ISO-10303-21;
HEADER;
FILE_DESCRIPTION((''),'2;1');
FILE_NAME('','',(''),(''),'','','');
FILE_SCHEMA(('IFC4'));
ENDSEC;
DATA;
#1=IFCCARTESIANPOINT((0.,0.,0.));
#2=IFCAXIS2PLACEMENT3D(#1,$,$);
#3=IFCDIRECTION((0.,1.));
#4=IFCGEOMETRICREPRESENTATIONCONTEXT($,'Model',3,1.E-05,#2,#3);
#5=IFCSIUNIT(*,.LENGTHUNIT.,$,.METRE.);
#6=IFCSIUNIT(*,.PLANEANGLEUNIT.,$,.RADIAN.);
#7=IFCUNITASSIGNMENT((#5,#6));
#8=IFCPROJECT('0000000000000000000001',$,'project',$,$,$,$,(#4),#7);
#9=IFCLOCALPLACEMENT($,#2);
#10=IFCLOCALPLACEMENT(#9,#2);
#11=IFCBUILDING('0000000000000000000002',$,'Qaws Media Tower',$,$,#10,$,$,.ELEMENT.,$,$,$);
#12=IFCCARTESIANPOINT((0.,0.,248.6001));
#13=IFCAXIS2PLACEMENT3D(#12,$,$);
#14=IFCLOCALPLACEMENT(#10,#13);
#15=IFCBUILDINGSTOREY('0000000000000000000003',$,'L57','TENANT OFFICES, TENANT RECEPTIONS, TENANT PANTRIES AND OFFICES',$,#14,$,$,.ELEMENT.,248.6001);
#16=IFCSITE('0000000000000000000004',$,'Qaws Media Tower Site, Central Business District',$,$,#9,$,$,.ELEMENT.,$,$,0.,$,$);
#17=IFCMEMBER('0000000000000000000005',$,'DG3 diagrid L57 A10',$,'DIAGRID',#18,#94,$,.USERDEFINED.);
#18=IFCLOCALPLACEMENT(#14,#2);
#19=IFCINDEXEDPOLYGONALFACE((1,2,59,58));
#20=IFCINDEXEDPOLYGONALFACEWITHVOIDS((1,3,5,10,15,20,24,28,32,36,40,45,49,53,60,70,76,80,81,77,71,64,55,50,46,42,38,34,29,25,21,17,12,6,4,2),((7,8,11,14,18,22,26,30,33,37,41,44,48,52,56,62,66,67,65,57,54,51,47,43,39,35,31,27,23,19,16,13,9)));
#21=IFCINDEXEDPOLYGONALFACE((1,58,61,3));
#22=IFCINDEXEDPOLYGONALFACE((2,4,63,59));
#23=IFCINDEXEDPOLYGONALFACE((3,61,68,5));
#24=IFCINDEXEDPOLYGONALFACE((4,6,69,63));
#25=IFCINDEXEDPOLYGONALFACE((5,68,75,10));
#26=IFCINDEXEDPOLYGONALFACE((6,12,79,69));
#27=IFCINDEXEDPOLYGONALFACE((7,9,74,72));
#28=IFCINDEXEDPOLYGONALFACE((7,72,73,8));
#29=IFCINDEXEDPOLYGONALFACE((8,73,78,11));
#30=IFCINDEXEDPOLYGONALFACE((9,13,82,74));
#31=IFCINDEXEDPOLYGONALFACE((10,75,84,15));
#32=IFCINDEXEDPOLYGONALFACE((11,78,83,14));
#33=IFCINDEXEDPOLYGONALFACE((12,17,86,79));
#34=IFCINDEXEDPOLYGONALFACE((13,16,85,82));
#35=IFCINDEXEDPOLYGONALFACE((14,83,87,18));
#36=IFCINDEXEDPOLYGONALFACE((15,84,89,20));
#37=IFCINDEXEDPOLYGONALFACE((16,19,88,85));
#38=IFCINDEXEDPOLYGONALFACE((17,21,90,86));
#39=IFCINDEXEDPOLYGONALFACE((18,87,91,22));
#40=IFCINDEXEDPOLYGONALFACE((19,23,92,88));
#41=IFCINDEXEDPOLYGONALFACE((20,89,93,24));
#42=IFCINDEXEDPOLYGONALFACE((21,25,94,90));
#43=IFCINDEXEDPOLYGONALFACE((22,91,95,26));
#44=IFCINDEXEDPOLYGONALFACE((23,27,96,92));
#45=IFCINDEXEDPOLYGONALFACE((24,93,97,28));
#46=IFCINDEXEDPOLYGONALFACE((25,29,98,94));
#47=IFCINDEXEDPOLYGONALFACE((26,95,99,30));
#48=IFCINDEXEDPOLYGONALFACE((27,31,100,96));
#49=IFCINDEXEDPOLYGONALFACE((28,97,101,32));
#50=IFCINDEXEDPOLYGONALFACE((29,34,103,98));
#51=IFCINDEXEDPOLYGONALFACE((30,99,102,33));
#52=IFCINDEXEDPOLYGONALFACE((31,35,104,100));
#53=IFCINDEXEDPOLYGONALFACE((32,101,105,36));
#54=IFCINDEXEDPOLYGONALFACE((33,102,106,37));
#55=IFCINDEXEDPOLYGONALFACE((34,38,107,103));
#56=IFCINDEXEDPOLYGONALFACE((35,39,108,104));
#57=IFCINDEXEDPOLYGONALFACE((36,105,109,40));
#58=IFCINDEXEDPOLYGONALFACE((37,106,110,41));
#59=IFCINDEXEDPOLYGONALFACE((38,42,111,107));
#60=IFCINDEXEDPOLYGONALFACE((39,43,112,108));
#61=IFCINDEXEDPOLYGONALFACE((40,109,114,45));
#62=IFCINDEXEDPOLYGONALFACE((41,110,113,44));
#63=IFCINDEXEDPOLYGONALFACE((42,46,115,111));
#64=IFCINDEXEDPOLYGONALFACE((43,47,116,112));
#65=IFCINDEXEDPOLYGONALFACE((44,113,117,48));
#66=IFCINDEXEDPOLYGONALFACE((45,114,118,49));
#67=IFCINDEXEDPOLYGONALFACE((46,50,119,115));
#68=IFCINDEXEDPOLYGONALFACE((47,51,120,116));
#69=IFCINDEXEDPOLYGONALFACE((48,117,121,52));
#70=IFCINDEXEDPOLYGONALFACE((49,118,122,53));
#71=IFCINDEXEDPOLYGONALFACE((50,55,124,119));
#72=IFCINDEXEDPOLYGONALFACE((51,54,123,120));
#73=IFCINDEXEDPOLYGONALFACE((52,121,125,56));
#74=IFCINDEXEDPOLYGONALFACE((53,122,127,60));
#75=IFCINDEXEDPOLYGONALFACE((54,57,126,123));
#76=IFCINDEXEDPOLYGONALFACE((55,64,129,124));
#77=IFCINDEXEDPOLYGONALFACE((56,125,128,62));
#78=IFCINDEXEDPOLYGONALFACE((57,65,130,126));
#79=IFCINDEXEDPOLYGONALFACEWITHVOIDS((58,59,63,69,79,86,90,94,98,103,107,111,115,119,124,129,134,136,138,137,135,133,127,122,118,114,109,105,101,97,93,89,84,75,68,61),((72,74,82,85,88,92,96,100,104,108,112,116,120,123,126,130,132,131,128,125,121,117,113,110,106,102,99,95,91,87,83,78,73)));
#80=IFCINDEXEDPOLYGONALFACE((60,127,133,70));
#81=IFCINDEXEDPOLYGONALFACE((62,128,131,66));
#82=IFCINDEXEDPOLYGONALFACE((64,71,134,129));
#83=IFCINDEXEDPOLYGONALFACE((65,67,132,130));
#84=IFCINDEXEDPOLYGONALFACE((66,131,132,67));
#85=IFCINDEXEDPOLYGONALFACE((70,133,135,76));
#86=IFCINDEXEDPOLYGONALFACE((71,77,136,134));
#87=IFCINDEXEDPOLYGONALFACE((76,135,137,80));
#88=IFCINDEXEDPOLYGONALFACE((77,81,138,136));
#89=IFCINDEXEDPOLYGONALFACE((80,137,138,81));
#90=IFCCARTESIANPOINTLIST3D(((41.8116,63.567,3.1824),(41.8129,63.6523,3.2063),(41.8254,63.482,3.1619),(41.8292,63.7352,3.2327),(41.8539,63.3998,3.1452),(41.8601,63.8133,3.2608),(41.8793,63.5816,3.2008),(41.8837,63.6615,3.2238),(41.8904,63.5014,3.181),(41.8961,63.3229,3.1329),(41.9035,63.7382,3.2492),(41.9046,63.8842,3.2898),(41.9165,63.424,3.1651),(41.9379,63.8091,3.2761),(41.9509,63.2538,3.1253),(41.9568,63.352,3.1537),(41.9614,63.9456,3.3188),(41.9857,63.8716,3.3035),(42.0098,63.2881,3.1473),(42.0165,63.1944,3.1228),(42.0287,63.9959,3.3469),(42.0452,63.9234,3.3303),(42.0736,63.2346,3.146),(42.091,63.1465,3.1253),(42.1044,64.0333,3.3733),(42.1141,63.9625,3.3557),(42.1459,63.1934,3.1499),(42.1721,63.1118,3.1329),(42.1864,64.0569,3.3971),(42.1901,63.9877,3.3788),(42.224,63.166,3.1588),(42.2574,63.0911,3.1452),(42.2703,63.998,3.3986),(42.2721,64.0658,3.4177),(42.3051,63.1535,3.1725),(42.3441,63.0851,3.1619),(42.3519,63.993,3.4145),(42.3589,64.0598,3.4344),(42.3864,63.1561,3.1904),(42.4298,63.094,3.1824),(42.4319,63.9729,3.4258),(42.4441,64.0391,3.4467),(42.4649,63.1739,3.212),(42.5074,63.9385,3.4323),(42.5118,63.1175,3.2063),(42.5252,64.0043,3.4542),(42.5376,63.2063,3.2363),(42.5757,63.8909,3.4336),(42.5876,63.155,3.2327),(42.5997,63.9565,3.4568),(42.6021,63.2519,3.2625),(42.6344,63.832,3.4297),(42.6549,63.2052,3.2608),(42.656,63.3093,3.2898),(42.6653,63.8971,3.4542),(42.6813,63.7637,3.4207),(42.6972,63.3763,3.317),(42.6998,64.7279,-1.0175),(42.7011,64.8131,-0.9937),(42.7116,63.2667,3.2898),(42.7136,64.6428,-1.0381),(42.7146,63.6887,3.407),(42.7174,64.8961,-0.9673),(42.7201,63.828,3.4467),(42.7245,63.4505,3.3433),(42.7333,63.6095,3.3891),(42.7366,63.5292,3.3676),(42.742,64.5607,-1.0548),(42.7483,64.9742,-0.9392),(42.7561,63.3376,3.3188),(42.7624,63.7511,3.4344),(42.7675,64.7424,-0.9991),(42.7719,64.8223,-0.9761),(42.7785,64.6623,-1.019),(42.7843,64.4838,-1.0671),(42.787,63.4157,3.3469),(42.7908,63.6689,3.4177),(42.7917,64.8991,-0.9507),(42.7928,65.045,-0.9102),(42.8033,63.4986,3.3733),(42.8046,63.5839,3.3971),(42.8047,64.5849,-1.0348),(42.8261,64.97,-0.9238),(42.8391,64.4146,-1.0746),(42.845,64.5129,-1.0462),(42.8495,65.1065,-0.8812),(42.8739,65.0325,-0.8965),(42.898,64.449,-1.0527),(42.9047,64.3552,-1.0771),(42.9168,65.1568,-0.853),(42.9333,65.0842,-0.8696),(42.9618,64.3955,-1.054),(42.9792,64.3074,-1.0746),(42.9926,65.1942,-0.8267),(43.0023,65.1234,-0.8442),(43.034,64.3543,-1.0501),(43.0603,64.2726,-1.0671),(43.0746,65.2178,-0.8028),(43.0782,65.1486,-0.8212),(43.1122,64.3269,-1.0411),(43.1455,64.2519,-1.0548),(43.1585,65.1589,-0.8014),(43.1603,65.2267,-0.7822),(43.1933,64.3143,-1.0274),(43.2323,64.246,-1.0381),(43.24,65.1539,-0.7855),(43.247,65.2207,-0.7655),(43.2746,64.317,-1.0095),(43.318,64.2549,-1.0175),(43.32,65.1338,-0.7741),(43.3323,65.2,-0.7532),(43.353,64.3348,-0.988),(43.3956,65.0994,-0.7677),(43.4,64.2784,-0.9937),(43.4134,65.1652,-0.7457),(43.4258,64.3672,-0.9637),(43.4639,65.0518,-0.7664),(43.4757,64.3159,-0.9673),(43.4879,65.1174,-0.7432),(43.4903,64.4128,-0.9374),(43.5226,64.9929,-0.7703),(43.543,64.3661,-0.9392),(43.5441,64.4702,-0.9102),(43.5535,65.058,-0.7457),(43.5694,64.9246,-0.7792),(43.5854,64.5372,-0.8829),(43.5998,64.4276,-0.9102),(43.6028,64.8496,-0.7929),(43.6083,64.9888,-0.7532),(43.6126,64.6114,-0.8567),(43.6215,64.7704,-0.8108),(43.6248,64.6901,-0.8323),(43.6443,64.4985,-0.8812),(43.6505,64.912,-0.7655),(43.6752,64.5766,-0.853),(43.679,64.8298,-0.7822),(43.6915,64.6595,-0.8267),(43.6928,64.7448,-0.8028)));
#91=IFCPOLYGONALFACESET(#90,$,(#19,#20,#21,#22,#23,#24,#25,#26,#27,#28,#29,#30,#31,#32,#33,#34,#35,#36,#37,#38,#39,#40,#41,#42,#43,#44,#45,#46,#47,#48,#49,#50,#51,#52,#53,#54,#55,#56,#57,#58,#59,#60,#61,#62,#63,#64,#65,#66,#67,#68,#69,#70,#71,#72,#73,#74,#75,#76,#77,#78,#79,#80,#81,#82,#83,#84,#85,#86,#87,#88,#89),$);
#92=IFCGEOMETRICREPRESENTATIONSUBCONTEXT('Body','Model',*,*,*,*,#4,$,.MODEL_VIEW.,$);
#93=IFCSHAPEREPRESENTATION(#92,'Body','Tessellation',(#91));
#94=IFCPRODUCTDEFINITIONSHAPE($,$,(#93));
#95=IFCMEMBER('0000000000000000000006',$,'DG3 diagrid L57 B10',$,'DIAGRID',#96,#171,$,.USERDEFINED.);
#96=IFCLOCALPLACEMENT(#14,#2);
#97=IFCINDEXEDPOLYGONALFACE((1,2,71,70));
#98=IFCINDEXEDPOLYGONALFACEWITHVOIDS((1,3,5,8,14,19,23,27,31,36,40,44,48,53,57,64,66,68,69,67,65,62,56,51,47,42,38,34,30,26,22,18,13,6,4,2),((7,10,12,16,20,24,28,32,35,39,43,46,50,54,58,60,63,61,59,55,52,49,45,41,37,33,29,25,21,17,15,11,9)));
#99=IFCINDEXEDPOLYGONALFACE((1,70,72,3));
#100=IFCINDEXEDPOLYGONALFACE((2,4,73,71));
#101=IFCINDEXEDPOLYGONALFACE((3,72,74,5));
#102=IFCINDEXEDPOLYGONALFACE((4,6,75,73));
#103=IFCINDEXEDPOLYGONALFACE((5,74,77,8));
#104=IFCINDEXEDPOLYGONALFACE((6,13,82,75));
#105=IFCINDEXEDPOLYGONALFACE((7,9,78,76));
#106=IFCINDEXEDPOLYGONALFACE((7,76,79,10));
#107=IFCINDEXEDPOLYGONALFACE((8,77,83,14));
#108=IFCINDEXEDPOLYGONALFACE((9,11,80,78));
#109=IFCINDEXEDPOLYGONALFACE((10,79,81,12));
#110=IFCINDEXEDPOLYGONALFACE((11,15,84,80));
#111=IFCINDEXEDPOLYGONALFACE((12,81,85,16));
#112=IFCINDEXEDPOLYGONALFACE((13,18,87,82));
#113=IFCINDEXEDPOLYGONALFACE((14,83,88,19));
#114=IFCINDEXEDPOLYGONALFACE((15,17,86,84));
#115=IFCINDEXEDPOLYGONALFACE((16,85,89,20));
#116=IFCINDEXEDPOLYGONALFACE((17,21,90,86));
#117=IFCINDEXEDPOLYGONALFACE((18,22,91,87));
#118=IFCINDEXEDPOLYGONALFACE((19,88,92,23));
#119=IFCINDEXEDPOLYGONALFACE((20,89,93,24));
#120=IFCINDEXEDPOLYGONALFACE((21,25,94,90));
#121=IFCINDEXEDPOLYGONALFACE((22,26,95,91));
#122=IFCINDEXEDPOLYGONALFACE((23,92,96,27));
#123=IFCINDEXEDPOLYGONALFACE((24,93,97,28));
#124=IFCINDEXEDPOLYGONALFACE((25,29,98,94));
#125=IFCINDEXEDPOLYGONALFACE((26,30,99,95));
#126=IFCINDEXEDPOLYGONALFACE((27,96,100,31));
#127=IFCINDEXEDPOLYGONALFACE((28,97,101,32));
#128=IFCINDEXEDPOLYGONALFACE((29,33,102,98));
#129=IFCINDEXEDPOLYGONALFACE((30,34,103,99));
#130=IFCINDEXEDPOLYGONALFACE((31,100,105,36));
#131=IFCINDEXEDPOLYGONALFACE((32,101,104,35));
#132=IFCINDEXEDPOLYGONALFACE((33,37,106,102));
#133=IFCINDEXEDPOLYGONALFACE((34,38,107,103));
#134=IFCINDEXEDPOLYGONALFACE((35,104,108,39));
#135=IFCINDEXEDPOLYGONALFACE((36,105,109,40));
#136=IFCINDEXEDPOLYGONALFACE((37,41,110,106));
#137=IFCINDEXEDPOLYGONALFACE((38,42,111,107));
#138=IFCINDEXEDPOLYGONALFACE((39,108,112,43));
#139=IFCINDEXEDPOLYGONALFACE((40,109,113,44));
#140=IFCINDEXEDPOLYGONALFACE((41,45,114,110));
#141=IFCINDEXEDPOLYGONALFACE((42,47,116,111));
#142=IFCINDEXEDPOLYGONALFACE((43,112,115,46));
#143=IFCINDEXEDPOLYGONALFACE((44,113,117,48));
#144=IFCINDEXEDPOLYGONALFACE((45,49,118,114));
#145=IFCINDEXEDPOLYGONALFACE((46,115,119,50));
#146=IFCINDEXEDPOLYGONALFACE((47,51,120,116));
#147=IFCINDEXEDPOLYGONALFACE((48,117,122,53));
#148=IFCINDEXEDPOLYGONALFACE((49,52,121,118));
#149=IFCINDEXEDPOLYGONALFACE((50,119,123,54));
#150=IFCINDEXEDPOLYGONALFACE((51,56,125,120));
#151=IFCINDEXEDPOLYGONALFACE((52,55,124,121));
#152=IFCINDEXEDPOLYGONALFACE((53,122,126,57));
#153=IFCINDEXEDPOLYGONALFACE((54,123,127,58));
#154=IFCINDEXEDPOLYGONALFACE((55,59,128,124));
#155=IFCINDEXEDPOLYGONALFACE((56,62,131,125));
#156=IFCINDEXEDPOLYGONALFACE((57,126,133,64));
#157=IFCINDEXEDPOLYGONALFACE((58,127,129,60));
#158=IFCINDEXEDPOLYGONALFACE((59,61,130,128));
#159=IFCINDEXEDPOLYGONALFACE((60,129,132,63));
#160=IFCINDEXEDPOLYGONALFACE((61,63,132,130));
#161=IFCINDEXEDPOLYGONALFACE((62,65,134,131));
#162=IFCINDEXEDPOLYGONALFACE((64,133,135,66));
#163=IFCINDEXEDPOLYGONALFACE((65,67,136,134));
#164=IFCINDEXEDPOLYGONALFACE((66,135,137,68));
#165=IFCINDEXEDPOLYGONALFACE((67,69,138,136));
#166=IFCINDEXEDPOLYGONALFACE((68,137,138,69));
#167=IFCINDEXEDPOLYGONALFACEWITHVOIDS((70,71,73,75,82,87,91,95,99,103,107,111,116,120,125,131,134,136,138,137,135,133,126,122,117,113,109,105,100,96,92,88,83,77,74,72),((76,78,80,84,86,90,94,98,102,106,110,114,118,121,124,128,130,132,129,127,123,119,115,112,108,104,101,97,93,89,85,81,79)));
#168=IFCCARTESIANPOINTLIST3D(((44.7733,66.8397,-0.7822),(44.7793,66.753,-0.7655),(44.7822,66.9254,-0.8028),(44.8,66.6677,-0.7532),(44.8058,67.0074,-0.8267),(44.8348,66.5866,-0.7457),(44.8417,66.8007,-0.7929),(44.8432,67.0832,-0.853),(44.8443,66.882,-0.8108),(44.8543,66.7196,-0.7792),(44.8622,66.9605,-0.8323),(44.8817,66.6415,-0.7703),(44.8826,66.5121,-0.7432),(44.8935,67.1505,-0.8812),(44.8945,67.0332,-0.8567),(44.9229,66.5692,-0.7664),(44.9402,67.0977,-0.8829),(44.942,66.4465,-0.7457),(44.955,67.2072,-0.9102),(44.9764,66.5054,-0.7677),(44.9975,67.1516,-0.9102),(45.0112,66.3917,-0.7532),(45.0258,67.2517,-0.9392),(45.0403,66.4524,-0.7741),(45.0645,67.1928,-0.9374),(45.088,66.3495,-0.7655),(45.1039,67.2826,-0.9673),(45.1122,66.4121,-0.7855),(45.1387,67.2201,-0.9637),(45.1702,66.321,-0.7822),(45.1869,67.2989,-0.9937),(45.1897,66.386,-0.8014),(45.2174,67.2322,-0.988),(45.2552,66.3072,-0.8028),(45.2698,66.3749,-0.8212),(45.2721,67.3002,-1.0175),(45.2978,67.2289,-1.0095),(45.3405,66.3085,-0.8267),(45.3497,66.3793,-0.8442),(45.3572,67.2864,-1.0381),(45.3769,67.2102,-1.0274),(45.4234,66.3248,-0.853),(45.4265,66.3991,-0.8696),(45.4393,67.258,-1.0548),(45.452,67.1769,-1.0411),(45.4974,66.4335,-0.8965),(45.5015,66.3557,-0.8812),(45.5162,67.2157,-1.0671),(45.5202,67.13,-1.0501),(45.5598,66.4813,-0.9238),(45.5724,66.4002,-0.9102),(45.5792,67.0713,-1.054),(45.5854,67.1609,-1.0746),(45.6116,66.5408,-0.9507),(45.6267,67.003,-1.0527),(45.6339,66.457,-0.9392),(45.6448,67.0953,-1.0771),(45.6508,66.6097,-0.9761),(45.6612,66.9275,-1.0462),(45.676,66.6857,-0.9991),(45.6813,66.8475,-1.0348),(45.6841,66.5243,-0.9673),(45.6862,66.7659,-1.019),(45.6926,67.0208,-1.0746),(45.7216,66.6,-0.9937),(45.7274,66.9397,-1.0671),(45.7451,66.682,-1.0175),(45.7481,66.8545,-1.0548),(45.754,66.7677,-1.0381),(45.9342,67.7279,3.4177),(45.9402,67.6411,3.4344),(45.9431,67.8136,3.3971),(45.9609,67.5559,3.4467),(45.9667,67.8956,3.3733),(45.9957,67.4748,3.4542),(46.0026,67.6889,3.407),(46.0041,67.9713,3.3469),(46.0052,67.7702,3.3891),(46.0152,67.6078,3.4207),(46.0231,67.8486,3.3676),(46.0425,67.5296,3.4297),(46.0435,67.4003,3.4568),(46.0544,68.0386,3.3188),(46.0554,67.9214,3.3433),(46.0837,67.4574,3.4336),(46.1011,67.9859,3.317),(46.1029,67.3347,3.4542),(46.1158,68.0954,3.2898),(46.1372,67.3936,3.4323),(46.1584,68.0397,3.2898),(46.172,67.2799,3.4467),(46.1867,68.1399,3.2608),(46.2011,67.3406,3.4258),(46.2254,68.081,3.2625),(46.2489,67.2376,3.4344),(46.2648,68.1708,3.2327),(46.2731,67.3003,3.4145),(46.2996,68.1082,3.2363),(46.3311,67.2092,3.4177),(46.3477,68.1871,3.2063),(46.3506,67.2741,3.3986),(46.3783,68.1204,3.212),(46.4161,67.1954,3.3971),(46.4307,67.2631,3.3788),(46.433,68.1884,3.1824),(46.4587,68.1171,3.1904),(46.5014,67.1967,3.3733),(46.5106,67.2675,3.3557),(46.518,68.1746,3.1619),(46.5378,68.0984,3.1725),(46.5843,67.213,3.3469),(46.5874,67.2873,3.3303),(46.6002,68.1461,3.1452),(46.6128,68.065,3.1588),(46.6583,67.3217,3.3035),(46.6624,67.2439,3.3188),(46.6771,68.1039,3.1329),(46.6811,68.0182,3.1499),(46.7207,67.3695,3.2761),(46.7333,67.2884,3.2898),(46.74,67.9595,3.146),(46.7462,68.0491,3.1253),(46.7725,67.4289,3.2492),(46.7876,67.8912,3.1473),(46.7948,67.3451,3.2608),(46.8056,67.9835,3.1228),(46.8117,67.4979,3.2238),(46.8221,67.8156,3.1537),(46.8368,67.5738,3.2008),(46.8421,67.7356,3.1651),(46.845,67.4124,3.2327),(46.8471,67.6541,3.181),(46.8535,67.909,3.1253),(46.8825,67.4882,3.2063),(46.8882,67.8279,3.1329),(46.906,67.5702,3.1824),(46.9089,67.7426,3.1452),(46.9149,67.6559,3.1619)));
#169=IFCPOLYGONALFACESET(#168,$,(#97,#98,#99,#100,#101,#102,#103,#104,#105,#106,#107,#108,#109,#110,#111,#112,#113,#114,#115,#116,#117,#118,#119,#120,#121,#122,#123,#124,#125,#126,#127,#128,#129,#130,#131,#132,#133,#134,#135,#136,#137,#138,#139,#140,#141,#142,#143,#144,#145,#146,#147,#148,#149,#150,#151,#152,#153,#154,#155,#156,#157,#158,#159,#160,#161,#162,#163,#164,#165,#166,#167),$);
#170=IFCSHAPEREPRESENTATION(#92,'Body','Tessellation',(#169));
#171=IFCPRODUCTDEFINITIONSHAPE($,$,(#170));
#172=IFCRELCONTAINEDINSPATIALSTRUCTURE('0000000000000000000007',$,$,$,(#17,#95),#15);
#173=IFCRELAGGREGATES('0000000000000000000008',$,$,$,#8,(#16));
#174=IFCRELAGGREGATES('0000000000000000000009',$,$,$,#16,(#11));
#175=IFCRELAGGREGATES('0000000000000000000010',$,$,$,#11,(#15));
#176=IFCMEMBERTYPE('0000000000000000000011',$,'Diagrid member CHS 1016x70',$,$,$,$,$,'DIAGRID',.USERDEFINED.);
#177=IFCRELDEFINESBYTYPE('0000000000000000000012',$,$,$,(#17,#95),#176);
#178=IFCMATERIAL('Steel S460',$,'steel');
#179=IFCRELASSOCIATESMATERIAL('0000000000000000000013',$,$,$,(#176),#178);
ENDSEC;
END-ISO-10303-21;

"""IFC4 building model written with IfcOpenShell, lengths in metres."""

from ifc_helpers import new_model, si_unit, direction, frame, origin, origin_2d, place, context, subcontext, project, spatial, hollow_circle, extrude, material, material_profile, profile_set, type_object, element, save


model = new_model("IFC4")

# Units and contexts
model_context = context("Model", 3, precision=1e-05, world=origin(), true_north=direction((0.0, 1.0)))
body_context = subcontext(model_context, "Body", "Model", "MODEL_VIEW")
ifc_project = project(units=[si_unit("LENGTHUNIT", "METRE"), si_unit("PLANEANGLEUNIT", "RADIAN")], contexts=[model_context])

# Site, building, storey
site_placement = place(None, origin())
site = spatial("IfcSite", under=ifc_project, at=site_placement, Name="Qaws Media Tower Site, Central Business District", CompositionType="ELEMENT", RefElevation=0.0)
building_placement = place(site_placement, origin())
building = spatial("IfcBuilding", under=site, at=building_placement, Name="Qaws Media Tower", CompositionType="ELEMENT")
storey_placement = place(building_placement, frame((0.0, 0.0, 248.6001)))
storey = spatial("IfcBuildingStorey", under=building, at=storey_placement, Name="L57", Description="TENANT OFFICES, TENANT RECEPTIONS, TENANT PANTRIES AND OFFICES", CompositionType="ELEMENT", Elevation=248.6001)

# Members
ifc_material_1 = material(Name="Steel S460", Category="steel")
ifc_material_profile_1 = material_profile(ifc_material_1, hollow_circle(Radius=0.5081, WallThickness=0.0701, at=origin_2d()), Name="CHS 1016x70")
ifc_profile_set_1 = profile_set([ifc_material_profile_1], Name="Steel S460")
member_type_1 = type_object("IfcMemberType", Name="Diagrid member CHS 1016x70", ElementType="DIAGRID", PredefinedType="USERDEFINED", material=ifc_profile_set_1)
for number, where, z_axis, x_axis, name in (
    (1, (43.1963, 64.7363, -0.9102), (-0.199725, -0.261048, 0.944438), (0.794211, -0.607642, 0.0), "DG3 diagrid L57 A10"),
    (2, (45.2637, 66.8037, -0.9102), (0.261048, 0.199725, 0.944438), (-0.607642, 0.794211, 0.0), "DG3 diagrid L57 B10"),
):
    element("IfcMember", number, at=place(storey_placement, frame(where, z_axis=z_axis, x_axis=x_axis)), inside=storey, type_object=member_type_1, Name=name, ObjectType="DIAGRID", PredefinedType="USERDEFINED", context=body_context, shape_type="SweptSolid", body=[
        extrude(hollow_circle(Radius=0.5081, WallThickness=0.0701, at=origin_2d()), origin(), (0.0, 0.0, 1.0), 4.447),
    ])

save(model, "model.ifc")
